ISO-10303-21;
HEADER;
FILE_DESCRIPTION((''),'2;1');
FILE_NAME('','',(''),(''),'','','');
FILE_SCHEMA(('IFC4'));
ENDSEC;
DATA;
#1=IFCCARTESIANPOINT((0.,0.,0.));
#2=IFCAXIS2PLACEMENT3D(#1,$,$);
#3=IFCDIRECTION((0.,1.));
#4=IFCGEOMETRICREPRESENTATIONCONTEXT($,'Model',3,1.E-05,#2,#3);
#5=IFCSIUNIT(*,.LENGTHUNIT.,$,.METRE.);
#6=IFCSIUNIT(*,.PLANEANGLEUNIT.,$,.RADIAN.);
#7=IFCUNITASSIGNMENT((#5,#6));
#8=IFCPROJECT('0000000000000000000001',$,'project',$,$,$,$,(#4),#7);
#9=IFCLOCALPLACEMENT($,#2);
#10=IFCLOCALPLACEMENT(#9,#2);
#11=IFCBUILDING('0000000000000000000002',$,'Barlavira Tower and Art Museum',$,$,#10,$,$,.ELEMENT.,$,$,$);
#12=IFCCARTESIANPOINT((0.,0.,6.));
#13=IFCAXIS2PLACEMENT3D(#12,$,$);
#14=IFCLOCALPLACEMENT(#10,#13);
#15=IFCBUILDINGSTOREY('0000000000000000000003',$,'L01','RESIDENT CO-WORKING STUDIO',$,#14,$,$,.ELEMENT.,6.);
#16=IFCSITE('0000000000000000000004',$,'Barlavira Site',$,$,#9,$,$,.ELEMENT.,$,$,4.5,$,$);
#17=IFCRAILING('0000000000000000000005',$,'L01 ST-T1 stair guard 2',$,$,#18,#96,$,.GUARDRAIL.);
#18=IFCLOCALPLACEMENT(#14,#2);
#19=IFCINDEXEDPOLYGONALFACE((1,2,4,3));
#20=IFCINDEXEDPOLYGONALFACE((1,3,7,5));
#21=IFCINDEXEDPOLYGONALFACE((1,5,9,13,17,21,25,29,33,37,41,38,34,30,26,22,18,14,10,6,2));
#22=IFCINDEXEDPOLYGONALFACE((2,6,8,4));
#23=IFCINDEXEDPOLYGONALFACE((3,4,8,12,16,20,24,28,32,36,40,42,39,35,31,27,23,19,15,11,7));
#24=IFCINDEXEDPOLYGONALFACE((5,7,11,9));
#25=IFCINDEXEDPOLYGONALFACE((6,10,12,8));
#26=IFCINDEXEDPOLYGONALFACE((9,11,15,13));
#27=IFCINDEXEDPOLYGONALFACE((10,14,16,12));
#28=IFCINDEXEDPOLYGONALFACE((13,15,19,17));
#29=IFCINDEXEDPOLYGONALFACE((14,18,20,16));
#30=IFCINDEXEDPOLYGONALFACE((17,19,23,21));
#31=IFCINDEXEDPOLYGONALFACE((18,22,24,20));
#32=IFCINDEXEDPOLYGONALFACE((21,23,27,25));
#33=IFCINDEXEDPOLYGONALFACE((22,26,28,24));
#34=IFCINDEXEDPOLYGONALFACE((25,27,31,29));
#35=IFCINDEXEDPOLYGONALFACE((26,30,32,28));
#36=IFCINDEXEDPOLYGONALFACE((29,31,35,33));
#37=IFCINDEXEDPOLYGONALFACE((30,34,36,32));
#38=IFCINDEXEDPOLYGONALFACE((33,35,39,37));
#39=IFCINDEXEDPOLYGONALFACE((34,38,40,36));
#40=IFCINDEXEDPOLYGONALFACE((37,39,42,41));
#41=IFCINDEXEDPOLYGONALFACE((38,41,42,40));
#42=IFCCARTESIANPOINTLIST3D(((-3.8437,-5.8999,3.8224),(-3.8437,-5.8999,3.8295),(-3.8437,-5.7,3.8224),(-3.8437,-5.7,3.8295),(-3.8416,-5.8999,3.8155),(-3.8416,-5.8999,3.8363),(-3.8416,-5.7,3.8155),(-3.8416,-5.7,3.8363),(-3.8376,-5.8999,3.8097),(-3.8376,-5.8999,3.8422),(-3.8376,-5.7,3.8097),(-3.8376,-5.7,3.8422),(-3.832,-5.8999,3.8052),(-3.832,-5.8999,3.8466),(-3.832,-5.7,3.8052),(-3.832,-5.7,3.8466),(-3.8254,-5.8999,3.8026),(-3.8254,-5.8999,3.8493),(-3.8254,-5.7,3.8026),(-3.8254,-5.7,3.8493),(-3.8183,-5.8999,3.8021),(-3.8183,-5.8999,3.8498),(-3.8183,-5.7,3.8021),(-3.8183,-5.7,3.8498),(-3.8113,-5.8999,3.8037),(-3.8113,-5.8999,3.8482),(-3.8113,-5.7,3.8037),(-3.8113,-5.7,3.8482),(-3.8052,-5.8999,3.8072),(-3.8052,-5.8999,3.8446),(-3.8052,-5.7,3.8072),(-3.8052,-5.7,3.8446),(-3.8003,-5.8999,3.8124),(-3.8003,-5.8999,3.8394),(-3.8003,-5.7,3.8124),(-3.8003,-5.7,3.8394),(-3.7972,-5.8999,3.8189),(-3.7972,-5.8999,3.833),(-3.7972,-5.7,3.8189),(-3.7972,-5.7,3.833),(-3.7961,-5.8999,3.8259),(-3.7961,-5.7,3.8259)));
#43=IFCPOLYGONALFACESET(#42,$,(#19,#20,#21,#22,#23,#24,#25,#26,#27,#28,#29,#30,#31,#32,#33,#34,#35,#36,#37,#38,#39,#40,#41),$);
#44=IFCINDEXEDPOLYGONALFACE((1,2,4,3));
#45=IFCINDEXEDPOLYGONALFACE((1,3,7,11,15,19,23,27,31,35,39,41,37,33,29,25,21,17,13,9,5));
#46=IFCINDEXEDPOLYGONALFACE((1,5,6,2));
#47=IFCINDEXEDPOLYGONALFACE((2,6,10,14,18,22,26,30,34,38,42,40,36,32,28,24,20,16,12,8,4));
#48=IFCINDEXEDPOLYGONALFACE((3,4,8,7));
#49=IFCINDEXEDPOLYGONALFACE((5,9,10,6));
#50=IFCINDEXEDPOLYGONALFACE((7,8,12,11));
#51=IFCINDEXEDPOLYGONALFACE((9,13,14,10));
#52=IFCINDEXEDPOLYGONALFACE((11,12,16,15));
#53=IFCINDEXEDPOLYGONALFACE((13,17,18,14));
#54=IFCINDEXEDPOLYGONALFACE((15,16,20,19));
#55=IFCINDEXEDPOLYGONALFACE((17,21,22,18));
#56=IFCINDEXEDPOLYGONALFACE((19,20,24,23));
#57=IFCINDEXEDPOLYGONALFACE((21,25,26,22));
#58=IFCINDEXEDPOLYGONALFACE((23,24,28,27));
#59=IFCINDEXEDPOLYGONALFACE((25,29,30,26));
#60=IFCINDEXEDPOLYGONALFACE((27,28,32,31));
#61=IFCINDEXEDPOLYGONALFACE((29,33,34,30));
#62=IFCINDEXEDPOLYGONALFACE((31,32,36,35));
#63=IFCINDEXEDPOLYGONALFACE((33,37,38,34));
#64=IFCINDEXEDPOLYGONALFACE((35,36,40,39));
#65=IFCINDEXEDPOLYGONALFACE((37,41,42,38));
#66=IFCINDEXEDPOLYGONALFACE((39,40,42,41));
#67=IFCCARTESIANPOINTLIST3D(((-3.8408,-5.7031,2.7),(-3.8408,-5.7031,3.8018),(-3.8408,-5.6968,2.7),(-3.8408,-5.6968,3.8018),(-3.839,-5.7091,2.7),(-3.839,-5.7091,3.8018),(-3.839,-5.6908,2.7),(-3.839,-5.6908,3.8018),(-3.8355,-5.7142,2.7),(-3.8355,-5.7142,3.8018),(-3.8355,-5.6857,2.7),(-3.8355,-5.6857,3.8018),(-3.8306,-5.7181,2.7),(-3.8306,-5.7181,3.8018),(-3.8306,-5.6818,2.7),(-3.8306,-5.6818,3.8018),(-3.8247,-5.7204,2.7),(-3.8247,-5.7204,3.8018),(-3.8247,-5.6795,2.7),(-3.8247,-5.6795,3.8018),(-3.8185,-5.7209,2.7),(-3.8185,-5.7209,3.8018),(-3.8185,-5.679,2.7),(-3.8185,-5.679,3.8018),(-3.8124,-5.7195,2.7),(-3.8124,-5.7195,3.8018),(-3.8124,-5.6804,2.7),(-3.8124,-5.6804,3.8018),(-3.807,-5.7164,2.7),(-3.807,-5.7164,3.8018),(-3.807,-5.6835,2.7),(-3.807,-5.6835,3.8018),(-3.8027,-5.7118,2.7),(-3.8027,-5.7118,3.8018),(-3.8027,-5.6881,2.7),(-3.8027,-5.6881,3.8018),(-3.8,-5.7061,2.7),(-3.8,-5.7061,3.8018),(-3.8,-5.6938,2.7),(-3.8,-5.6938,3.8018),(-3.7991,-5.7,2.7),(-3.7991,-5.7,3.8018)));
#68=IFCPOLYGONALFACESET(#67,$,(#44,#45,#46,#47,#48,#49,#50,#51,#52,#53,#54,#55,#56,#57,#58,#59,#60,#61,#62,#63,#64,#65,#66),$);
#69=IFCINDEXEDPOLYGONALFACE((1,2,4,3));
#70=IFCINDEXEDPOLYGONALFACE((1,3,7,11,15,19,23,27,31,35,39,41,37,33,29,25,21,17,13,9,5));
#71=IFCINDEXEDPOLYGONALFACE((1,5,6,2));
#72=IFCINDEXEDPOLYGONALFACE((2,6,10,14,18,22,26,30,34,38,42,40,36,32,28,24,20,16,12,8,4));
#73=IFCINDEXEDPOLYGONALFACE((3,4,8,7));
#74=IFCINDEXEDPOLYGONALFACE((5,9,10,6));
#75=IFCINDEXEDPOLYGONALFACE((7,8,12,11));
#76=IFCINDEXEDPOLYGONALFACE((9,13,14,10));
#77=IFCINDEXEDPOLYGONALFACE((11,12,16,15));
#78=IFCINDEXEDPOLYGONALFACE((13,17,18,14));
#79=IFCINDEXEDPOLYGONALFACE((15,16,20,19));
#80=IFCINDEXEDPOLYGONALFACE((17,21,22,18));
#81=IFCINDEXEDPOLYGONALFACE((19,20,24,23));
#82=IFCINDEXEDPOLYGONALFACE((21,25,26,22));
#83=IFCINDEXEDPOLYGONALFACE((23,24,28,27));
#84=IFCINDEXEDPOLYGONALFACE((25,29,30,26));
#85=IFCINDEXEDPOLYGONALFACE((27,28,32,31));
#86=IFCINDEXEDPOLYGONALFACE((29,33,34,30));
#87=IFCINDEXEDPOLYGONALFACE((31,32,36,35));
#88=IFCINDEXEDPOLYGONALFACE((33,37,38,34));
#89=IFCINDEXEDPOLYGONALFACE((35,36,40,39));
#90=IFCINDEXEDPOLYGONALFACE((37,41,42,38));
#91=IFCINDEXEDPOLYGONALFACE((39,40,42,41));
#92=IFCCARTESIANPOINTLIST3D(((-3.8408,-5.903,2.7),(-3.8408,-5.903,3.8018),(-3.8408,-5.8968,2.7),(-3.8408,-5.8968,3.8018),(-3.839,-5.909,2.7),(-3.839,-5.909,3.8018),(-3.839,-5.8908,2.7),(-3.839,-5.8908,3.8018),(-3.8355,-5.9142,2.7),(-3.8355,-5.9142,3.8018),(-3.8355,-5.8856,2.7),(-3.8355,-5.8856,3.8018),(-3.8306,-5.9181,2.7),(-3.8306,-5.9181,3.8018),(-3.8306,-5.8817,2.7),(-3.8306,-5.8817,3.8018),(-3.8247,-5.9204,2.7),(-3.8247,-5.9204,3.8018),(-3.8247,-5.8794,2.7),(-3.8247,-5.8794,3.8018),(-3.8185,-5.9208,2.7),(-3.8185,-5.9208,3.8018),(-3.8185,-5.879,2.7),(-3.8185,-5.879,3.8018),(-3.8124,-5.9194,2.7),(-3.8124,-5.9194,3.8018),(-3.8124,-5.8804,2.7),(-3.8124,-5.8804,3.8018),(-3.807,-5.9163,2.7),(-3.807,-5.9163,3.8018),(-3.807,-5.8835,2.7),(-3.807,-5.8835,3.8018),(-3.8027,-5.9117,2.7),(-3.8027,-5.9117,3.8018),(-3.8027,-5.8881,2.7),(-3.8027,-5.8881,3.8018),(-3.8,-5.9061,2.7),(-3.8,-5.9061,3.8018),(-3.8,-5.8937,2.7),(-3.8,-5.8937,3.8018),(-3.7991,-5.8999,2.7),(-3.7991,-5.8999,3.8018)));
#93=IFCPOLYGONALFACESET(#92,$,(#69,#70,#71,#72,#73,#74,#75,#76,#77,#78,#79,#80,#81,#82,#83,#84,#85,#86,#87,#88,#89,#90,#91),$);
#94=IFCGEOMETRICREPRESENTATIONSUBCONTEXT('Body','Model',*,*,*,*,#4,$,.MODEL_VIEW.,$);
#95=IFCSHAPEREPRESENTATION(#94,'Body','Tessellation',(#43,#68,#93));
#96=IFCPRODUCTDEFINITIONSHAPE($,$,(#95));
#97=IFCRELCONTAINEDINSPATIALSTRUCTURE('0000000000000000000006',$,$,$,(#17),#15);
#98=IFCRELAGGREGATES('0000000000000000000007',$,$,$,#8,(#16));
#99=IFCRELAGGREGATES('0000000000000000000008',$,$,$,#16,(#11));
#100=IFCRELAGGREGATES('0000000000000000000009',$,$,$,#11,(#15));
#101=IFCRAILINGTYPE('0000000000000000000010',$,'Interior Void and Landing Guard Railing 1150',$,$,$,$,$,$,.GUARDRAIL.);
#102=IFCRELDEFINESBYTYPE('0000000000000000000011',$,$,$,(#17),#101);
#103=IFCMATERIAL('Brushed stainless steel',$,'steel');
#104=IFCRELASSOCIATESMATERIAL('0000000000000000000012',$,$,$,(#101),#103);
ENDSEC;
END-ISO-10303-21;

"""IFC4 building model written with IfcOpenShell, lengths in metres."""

from ifc_helpers import new_model, si_unit, direction, frame, origin, origin_2d, place, context, subcontext, project, spatial, circle, extrude, material, type_object, element, save


model = new_model("IFC4")

# Units and contexts
model_context = context("Model", 3, precision=1e-05, world=origin(), true_north=direction((0.0, 1.0)))
body_context = subcontext(model_context, "Body", "Model", "MODEL_VIEW")
ifc_project = project(units=[si_unit("LENGTHUNIT", "METRE"), si_unit("PLANEANGLEUNIT", "RADIAN")], contexts=[model_context])

# Site, building, storey
site_placement = place(None, origin())
site = spatial("IfcSite", under=ifc_project, at=site_placement, Name="Barlavira Site", CompositionType="ELEMENT", RefElevation=4.5)
building_placement = place(site_placement, origin())
building = spatial("IfcBuilding", under=site, at=building_placement, Name="Barlavira Tower and Art Museum", CompositionType="ELEMENT")
storey_placement = place(building_placement, frame((0.0, 0.0, 6.0)))
storey = spatial("IfcBuildingStorey", under=building, at=storey_placement, Name="L01", Description="RESIDENT CO-WORKING STUDIO", CompositionType="ELEMENT", Elevation=6.0)

# Shared definitions
ifc_material_1 = material(Name="Brushed stainless steel", Category="steel")

# Railing
railing_type_1 = type_object("IfcRailingType", Name="Interior Void and Landing Guard Railing 1150", PredefinedType="GUARDRAIL", material=ifc_material_1)
railing_1_placement = place(storey_placement, frame((-3.8201, -5.7, 2.7)))
element("IfcRailing", 1, at=railing_1_placement, inside=storey, type_object=railing_type_1, Name="L01 ST-T1 stair guard 2", PredefinedType="GUARDRAIL", context=body_context, shape_type="SweptSolid", body=[
    extrude(circle(Radius=0.0239, at=origin_2d()), frame((0.0, 0.0, 1.126), z_axis=(0.0, -1.0, 0.0), x_axis=(1.0, 0.0, 0.0)), (0.0, 0.0, 1.0), 0.2),
    extrude(circle(Radius=0.021, at=origin_2d()), origin(), (0.0, 0.0, 1.0), 1.1018),
    extrude(circle(Radius=0.021, at=origin_2d()), frame((0.0, -0.2, 0.0)), (0.0, 0.0, 1.0), 1.1018),
])

save(model, "model.ifc")
